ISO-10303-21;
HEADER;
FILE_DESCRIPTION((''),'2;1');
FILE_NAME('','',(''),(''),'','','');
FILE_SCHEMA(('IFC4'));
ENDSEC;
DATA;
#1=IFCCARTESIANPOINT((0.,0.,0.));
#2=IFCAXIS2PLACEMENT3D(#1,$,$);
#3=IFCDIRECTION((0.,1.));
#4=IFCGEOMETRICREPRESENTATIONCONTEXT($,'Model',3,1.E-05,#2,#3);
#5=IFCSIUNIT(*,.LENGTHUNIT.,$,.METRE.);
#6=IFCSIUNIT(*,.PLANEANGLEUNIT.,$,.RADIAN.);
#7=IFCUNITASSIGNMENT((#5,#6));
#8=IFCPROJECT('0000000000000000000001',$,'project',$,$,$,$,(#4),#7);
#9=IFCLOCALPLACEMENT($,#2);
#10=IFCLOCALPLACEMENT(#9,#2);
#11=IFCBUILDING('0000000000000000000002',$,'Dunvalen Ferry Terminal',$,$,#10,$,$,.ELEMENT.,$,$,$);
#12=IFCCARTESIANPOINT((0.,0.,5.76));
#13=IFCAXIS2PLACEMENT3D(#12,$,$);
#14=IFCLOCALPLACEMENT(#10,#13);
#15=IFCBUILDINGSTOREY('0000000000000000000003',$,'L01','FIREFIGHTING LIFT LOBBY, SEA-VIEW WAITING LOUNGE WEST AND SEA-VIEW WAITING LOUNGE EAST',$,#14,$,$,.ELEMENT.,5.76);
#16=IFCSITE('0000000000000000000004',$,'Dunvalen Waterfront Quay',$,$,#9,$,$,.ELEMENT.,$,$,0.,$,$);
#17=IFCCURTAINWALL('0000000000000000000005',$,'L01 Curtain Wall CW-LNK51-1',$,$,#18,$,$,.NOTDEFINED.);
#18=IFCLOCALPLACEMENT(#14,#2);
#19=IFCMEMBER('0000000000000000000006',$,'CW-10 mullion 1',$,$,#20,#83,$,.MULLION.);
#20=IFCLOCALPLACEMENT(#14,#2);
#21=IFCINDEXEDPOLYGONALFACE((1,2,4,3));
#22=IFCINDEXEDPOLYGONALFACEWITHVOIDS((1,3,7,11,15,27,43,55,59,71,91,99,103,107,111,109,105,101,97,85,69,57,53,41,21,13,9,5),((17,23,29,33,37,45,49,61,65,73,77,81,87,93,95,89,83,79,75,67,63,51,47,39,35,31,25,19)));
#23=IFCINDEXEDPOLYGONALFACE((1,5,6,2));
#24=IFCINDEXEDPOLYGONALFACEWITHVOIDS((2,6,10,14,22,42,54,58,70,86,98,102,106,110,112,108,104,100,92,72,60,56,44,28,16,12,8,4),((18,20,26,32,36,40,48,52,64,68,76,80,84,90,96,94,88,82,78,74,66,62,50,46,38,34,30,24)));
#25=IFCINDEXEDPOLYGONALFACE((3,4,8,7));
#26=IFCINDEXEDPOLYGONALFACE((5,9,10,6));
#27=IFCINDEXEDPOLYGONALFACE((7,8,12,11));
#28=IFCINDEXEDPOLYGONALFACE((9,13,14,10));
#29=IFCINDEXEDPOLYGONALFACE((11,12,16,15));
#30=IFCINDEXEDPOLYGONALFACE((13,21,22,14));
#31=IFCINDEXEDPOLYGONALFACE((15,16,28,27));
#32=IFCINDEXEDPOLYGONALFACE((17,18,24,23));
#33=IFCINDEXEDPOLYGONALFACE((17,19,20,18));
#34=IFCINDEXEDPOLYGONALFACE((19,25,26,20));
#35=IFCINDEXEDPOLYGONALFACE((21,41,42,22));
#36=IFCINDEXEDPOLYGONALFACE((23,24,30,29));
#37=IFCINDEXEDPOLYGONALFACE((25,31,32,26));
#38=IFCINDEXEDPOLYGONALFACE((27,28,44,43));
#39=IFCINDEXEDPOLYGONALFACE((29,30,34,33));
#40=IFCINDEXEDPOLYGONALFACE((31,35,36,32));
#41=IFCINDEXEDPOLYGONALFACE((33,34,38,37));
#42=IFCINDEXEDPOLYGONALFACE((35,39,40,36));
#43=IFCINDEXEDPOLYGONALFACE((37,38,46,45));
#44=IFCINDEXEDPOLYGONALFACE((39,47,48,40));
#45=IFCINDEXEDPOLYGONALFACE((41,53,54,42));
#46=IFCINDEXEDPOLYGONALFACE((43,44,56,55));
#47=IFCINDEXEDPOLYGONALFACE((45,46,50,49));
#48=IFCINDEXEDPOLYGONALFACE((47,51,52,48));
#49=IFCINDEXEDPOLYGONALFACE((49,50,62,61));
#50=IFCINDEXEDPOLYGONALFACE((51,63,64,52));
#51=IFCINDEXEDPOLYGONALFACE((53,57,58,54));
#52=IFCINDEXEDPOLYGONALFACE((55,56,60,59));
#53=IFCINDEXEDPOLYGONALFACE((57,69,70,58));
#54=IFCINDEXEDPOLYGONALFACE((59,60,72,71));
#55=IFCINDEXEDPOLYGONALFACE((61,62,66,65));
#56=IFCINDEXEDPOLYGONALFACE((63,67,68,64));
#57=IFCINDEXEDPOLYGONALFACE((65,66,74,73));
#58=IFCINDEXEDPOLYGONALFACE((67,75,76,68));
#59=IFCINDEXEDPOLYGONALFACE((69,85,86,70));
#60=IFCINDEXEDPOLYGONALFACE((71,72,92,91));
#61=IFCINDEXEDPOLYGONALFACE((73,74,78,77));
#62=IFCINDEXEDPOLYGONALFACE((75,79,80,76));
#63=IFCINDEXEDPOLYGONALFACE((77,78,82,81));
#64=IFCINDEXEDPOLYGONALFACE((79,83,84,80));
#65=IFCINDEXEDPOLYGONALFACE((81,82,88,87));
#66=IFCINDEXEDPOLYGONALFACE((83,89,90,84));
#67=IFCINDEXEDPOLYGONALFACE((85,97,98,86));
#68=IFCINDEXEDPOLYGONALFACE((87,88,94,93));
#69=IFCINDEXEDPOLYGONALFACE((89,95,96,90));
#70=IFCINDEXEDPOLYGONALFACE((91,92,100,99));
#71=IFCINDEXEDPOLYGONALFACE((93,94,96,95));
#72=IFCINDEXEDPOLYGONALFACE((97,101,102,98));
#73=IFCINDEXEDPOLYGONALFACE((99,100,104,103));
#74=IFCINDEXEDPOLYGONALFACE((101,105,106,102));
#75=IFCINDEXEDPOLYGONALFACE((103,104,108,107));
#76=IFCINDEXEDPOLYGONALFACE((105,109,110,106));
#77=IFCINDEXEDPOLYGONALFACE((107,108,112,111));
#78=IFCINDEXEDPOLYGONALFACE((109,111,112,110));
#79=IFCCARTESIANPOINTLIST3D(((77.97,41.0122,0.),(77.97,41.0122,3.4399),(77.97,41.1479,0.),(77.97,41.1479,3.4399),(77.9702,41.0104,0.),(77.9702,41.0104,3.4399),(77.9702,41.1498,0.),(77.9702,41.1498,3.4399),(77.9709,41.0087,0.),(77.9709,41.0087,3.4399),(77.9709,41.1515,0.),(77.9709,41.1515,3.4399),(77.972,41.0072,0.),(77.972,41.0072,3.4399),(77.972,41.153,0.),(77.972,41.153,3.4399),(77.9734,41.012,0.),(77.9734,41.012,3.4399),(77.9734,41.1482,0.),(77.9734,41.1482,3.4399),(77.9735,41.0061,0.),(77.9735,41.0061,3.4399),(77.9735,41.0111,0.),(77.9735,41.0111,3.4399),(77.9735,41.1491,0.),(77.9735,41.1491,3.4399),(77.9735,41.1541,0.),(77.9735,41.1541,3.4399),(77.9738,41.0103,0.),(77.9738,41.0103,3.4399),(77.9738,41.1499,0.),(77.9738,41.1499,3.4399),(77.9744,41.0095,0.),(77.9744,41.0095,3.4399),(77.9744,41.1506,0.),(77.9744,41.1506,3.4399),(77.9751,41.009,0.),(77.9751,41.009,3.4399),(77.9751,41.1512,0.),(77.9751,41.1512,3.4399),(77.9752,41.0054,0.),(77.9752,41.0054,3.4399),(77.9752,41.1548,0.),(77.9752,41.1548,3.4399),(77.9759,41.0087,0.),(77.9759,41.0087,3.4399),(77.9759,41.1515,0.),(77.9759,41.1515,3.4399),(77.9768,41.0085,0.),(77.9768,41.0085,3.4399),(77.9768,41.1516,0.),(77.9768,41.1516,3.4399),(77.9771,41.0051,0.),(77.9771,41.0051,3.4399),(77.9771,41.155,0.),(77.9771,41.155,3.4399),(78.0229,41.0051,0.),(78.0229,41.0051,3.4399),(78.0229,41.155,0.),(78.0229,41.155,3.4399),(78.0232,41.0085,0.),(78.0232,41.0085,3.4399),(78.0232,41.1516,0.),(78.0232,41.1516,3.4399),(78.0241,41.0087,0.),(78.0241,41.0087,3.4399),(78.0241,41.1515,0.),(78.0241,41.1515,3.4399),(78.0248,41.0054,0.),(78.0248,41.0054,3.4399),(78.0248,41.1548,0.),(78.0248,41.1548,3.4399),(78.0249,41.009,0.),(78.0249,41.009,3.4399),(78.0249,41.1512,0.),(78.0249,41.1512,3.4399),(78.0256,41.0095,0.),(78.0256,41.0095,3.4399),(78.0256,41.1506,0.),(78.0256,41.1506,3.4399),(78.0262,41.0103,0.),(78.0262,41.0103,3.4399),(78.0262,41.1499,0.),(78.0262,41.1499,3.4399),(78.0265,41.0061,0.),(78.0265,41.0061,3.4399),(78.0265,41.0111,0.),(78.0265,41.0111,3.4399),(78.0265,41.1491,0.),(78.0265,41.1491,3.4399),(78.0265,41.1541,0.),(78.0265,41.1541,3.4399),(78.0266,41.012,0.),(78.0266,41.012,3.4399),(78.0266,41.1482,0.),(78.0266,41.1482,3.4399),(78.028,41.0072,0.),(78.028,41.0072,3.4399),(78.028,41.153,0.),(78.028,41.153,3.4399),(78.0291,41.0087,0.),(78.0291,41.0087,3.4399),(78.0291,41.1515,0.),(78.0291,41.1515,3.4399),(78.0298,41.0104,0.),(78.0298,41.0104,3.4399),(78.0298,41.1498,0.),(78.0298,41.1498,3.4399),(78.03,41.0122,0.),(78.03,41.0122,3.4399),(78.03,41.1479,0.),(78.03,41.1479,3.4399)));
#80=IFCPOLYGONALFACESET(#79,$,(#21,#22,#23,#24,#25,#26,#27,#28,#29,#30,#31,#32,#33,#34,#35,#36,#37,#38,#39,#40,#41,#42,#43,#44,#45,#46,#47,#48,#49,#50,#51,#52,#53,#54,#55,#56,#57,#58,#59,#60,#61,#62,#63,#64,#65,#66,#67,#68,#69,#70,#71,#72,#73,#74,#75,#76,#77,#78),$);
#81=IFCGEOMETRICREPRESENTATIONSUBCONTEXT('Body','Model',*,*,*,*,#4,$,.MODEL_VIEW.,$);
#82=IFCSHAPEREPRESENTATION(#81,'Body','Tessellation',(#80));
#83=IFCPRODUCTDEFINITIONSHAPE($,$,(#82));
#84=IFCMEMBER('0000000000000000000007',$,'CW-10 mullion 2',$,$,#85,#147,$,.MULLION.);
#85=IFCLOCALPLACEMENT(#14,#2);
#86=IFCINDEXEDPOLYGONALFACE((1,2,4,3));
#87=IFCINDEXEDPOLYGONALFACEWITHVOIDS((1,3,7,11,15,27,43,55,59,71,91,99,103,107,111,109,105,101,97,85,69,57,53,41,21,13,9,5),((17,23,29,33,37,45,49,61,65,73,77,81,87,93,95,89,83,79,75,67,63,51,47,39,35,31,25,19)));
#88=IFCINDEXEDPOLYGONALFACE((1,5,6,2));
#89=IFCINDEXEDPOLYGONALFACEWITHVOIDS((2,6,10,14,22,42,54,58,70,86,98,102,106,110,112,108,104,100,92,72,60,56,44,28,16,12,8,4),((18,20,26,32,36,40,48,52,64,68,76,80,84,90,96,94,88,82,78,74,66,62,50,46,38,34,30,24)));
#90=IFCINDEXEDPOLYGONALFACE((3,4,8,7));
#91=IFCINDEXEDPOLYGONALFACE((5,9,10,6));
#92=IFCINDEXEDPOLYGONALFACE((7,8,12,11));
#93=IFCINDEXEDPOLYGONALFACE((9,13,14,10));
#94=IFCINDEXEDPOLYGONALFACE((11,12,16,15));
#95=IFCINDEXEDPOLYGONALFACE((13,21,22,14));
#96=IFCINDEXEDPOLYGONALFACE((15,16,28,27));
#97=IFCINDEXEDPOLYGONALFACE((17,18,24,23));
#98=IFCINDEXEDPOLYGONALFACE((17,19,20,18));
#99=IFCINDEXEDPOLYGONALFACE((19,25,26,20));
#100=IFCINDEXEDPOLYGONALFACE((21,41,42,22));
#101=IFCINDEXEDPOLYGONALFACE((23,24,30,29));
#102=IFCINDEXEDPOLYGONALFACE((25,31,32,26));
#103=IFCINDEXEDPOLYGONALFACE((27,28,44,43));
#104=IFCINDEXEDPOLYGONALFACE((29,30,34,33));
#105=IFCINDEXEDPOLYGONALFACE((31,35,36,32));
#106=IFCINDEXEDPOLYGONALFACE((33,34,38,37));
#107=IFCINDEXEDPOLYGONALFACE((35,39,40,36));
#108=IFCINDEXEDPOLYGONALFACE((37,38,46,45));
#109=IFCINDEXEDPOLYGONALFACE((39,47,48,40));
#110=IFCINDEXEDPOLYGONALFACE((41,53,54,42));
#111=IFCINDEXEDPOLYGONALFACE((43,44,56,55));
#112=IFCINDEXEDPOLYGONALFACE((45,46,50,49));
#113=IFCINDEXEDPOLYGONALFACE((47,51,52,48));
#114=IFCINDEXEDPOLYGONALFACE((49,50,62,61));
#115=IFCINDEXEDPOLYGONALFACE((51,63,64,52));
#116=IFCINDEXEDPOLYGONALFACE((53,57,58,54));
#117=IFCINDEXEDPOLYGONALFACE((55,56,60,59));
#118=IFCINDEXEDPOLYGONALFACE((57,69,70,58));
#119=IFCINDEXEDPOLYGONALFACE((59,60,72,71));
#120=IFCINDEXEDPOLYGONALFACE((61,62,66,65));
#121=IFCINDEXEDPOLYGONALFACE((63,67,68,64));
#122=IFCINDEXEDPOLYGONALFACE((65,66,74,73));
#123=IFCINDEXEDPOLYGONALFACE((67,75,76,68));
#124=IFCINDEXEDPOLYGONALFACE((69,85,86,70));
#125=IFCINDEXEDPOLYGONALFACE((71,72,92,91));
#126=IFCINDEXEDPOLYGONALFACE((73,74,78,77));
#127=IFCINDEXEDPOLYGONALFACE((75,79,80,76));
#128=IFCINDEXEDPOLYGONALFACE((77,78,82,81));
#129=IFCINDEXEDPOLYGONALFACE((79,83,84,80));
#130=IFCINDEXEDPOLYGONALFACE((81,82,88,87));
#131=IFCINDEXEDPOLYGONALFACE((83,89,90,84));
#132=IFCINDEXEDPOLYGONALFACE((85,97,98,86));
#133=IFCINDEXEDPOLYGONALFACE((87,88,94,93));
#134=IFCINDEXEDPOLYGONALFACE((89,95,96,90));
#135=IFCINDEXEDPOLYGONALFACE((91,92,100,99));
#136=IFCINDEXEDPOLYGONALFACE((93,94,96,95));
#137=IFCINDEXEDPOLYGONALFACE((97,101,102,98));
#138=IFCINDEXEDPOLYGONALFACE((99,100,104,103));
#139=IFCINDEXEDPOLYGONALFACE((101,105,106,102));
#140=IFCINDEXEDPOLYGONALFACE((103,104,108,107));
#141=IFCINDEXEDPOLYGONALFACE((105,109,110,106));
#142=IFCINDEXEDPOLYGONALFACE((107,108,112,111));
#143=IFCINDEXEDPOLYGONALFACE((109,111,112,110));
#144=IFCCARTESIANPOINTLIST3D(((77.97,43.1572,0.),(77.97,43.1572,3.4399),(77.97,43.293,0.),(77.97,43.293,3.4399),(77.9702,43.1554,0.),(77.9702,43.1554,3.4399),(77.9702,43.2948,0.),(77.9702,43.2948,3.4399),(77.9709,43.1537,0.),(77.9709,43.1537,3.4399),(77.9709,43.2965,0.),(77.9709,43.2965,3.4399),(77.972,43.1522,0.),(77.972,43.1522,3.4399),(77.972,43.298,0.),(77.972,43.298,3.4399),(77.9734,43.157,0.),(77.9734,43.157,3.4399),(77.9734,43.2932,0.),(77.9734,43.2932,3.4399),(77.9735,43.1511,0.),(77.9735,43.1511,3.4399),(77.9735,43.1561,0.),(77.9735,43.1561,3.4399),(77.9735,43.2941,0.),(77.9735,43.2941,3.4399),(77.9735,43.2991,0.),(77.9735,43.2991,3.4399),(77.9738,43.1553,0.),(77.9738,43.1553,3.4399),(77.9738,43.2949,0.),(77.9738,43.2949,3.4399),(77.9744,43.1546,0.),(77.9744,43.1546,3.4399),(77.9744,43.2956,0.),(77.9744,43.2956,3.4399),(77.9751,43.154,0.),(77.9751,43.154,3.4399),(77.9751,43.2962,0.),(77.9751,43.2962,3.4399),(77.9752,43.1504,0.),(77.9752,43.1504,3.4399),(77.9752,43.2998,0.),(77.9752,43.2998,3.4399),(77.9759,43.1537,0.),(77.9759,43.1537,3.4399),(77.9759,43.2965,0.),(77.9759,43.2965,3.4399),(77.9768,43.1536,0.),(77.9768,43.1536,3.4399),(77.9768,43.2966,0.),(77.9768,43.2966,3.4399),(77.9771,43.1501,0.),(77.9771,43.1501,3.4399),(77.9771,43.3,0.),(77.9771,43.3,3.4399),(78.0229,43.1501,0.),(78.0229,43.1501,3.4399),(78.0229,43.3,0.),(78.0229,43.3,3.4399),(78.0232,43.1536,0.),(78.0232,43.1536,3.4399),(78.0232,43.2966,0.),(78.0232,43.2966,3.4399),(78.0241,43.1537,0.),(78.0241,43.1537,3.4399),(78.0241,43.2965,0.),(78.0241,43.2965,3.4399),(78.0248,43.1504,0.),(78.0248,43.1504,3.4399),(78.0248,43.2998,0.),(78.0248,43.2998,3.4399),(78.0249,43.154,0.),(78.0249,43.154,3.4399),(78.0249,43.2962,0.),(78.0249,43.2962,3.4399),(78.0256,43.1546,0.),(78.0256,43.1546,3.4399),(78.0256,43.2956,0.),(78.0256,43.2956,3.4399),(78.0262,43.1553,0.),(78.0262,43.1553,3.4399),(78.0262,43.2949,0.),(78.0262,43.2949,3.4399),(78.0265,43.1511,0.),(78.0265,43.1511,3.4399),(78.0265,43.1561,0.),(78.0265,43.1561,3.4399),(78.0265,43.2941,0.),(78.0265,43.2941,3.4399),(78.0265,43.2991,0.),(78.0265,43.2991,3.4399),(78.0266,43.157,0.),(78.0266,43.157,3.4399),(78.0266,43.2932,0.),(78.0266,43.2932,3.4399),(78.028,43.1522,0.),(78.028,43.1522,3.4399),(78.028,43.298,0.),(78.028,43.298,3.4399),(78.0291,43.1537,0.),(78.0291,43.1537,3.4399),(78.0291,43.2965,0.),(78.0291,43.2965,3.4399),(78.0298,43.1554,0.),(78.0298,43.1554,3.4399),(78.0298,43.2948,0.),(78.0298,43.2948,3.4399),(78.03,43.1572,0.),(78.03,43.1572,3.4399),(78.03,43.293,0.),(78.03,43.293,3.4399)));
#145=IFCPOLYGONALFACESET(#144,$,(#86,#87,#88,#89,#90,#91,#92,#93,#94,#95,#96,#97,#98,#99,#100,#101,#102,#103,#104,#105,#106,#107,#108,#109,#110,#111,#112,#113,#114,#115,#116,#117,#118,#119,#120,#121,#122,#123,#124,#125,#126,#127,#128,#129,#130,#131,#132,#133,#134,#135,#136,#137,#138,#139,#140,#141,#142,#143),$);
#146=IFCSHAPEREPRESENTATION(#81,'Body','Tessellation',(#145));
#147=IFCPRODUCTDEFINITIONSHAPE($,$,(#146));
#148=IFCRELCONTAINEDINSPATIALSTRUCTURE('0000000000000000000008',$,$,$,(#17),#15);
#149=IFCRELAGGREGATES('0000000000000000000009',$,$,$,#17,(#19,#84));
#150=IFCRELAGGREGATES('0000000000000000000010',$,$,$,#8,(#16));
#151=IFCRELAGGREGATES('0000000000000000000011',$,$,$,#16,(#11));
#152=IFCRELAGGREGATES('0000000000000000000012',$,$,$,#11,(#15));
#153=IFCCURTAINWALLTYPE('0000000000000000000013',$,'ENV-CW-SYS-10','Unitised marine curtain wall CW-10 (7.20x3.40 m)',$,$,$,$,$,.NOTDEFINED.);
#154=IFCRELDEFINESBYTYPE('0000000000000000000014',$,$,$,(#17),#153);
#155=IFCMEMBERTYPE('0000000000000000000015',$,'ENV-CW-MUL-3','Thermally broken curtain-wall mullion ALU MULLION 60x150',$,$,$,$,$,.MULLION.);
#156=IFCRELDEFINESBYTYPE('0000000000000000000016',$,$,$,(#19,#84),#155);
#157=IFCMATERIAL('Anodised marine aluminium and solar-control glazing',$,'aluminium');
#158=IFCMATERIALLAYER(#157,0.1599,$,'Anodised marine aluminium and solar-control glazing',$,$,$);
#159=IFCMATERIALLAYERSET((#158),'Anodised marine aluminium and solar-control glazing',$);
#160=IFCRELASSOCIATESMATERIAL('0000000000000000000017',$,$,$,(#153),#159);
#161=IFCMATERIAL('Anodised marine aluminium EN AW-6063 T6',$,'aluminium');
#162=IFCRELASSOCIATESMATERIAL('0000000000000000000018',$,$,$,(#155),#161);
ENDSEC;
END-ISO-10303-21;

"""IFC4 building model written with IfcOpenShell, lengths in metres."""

from ifc_helpers import new_model, si_unit, direction, frame, origin, origin_2d, place, context, subcontext, project, spatial, hollow_rectangle, extrude, material, layer, layer_set, material_profile, profile_set, type_object, element, aggregate, save


model = new_model("IFC4")

# Units and contexts
model_context = context("Model", 3, precision=1e-05, world=origin(), true_north=direction((0.0, 1.0)))
body_context = subcontext(model_context, "Body", "Model", "MODEL_VIEW")
ifc_project = project(units=[si_unit("LENGTHUNIT", "METRE"), si_unit("PLANEANGLEUNIT", "RADIAN")], contexts=[model_context])

# Site, building, storey
site_placement = place(None, origin())
site = spatial("IfcSite", under=ifc_project, at=site_placement, Name="Dunvalen Waterfront Quay", CompositionType="ELEMENT", RefElevation=0.0)
building_placement = place(site_placement, origin())
building = spatial("IfcBuilding", under=site, at=building_placement, Name="Dunvalen Ferry Terminal", CompositionType="ELEMENT")
storey_placement = place(building_placement, frame((0.0, 0.0, 5.76)))
storey = spatial("IfcBuildingStorey", under=building, at=storey_placement, Name="L01", Description="FIREFIGHTING LIFT LOBBY, SEA-VIEW WAITING LOUNGE WEST AND SEA-VIEW WAITING LOUNGE EAST", CompositionType="ELEMENT", Elevation=5.76)

# Curtain wall, members
ifc_material_1 = material(Name="Anodised marine aluminium and solar-control glazing", Category="aluminium")
ifc_layer_1 = layer(ifc_material_1, 0.1599, Name="Anodised marine aluminium and solar-control glazing")
ifc_layer_set_1 = layer_set([ifc_layer_1], Name="Anodised marine aluminium and solar-control glazing")
curtain_wall_type_1 = type_object("IfcCurtainWallType", Name="ENV-CW-SYS-10", Description="Unitised marine curtain wall CW-10 (7.20x3.40 m)", PredefinedType="NOTDEFINED", material=ifc_layer_set_1)
curtain_wall_1_placement = place(storey_placement, origin())
curtain_wall_1 = element("IfcCurtainWall", 1, at=curtain_wall_1_placement, inside=storey, type_object=curtain_wall_type_1, Name="L01 Curtain Wall CW-LNK51-1", PredefinedType="NOTDEFINED")
ifc_material_2 = material(Name="Anodised marine aluminium EN AW-6063 T6", Category="aluminium")
ifc_material_profile_1 = material_profile(ifc_material_2, hollow_rectangle(XDim=0.0601, YDim=0.1499, WallThickness=0.0034, InnerFilletRadius=0.0034, OuterFilletRadius=0.0071, at=origin_2d()), Name="Anodised marine aluminium EN AW-6063 T6")
ifc_profile_set_1 = profile_set([ifc_material_profile_1], Name="Anodised marine aluminium EN AW-6063 T6")
member_type_1 = type_object("IfcMemberType", Name="ENV-CW-MUL-3", Description="Thermally broken curtain-wall mullion ALU MULLION 60x150", PredefinedType="MULLION", material=ifc_profile_set_1)
member_1_placement = place(storey_placement, frame((78.0, 41.0801, 0.0), z_axis=(0.0, 0.0, 1.0), x_axis=(-1.0, 0.0, 0.0)))
member_1 = element("IfcMember", 2, at=member_1_placement, type_object=member_type_1, Name="CW-10 mullion 1", PredefinedType="MULLION", context=body_context, shape_type="SweptSolid", body=[
    extrude(hollow_rectangle(XDim=0.0601, YDim=0.1499, WallThickness=0.0034, InnerFilletRadius=0.0034, OuterFilletRadius=0.0071, at=origin_2d()), origin(), (0.0, 0.0, 1.0), 3.4399),
])
member_2_placement = place(storey_placement, frame((78.0, 43.2251, 0.0), z_axis=(0.0, 0.0, 1.0), x_axis=(-1.0, 0.0, 0.0)))
member_2 = element("IfcMember", 3, at=member_2_placement, type_object=member_type_1, Name="CW-10 mullion 2", PredefinedType="MULLION", context=body_context, shape_type="SweptSolid", body=[
    extrude(hollow_rectangle(XDim=0.0601, YDim=0.1499, WallThickness=0.0034, InnerFilletRadius=0.0034, OuterFilletRadius=0.0071, at=origin_2d()), origin(), (0.0, 0.0, 1.0), 3.4399),
])

aggregate(curtain_wall_1, [member_1, member_2])

save(model, "model.ifc")
